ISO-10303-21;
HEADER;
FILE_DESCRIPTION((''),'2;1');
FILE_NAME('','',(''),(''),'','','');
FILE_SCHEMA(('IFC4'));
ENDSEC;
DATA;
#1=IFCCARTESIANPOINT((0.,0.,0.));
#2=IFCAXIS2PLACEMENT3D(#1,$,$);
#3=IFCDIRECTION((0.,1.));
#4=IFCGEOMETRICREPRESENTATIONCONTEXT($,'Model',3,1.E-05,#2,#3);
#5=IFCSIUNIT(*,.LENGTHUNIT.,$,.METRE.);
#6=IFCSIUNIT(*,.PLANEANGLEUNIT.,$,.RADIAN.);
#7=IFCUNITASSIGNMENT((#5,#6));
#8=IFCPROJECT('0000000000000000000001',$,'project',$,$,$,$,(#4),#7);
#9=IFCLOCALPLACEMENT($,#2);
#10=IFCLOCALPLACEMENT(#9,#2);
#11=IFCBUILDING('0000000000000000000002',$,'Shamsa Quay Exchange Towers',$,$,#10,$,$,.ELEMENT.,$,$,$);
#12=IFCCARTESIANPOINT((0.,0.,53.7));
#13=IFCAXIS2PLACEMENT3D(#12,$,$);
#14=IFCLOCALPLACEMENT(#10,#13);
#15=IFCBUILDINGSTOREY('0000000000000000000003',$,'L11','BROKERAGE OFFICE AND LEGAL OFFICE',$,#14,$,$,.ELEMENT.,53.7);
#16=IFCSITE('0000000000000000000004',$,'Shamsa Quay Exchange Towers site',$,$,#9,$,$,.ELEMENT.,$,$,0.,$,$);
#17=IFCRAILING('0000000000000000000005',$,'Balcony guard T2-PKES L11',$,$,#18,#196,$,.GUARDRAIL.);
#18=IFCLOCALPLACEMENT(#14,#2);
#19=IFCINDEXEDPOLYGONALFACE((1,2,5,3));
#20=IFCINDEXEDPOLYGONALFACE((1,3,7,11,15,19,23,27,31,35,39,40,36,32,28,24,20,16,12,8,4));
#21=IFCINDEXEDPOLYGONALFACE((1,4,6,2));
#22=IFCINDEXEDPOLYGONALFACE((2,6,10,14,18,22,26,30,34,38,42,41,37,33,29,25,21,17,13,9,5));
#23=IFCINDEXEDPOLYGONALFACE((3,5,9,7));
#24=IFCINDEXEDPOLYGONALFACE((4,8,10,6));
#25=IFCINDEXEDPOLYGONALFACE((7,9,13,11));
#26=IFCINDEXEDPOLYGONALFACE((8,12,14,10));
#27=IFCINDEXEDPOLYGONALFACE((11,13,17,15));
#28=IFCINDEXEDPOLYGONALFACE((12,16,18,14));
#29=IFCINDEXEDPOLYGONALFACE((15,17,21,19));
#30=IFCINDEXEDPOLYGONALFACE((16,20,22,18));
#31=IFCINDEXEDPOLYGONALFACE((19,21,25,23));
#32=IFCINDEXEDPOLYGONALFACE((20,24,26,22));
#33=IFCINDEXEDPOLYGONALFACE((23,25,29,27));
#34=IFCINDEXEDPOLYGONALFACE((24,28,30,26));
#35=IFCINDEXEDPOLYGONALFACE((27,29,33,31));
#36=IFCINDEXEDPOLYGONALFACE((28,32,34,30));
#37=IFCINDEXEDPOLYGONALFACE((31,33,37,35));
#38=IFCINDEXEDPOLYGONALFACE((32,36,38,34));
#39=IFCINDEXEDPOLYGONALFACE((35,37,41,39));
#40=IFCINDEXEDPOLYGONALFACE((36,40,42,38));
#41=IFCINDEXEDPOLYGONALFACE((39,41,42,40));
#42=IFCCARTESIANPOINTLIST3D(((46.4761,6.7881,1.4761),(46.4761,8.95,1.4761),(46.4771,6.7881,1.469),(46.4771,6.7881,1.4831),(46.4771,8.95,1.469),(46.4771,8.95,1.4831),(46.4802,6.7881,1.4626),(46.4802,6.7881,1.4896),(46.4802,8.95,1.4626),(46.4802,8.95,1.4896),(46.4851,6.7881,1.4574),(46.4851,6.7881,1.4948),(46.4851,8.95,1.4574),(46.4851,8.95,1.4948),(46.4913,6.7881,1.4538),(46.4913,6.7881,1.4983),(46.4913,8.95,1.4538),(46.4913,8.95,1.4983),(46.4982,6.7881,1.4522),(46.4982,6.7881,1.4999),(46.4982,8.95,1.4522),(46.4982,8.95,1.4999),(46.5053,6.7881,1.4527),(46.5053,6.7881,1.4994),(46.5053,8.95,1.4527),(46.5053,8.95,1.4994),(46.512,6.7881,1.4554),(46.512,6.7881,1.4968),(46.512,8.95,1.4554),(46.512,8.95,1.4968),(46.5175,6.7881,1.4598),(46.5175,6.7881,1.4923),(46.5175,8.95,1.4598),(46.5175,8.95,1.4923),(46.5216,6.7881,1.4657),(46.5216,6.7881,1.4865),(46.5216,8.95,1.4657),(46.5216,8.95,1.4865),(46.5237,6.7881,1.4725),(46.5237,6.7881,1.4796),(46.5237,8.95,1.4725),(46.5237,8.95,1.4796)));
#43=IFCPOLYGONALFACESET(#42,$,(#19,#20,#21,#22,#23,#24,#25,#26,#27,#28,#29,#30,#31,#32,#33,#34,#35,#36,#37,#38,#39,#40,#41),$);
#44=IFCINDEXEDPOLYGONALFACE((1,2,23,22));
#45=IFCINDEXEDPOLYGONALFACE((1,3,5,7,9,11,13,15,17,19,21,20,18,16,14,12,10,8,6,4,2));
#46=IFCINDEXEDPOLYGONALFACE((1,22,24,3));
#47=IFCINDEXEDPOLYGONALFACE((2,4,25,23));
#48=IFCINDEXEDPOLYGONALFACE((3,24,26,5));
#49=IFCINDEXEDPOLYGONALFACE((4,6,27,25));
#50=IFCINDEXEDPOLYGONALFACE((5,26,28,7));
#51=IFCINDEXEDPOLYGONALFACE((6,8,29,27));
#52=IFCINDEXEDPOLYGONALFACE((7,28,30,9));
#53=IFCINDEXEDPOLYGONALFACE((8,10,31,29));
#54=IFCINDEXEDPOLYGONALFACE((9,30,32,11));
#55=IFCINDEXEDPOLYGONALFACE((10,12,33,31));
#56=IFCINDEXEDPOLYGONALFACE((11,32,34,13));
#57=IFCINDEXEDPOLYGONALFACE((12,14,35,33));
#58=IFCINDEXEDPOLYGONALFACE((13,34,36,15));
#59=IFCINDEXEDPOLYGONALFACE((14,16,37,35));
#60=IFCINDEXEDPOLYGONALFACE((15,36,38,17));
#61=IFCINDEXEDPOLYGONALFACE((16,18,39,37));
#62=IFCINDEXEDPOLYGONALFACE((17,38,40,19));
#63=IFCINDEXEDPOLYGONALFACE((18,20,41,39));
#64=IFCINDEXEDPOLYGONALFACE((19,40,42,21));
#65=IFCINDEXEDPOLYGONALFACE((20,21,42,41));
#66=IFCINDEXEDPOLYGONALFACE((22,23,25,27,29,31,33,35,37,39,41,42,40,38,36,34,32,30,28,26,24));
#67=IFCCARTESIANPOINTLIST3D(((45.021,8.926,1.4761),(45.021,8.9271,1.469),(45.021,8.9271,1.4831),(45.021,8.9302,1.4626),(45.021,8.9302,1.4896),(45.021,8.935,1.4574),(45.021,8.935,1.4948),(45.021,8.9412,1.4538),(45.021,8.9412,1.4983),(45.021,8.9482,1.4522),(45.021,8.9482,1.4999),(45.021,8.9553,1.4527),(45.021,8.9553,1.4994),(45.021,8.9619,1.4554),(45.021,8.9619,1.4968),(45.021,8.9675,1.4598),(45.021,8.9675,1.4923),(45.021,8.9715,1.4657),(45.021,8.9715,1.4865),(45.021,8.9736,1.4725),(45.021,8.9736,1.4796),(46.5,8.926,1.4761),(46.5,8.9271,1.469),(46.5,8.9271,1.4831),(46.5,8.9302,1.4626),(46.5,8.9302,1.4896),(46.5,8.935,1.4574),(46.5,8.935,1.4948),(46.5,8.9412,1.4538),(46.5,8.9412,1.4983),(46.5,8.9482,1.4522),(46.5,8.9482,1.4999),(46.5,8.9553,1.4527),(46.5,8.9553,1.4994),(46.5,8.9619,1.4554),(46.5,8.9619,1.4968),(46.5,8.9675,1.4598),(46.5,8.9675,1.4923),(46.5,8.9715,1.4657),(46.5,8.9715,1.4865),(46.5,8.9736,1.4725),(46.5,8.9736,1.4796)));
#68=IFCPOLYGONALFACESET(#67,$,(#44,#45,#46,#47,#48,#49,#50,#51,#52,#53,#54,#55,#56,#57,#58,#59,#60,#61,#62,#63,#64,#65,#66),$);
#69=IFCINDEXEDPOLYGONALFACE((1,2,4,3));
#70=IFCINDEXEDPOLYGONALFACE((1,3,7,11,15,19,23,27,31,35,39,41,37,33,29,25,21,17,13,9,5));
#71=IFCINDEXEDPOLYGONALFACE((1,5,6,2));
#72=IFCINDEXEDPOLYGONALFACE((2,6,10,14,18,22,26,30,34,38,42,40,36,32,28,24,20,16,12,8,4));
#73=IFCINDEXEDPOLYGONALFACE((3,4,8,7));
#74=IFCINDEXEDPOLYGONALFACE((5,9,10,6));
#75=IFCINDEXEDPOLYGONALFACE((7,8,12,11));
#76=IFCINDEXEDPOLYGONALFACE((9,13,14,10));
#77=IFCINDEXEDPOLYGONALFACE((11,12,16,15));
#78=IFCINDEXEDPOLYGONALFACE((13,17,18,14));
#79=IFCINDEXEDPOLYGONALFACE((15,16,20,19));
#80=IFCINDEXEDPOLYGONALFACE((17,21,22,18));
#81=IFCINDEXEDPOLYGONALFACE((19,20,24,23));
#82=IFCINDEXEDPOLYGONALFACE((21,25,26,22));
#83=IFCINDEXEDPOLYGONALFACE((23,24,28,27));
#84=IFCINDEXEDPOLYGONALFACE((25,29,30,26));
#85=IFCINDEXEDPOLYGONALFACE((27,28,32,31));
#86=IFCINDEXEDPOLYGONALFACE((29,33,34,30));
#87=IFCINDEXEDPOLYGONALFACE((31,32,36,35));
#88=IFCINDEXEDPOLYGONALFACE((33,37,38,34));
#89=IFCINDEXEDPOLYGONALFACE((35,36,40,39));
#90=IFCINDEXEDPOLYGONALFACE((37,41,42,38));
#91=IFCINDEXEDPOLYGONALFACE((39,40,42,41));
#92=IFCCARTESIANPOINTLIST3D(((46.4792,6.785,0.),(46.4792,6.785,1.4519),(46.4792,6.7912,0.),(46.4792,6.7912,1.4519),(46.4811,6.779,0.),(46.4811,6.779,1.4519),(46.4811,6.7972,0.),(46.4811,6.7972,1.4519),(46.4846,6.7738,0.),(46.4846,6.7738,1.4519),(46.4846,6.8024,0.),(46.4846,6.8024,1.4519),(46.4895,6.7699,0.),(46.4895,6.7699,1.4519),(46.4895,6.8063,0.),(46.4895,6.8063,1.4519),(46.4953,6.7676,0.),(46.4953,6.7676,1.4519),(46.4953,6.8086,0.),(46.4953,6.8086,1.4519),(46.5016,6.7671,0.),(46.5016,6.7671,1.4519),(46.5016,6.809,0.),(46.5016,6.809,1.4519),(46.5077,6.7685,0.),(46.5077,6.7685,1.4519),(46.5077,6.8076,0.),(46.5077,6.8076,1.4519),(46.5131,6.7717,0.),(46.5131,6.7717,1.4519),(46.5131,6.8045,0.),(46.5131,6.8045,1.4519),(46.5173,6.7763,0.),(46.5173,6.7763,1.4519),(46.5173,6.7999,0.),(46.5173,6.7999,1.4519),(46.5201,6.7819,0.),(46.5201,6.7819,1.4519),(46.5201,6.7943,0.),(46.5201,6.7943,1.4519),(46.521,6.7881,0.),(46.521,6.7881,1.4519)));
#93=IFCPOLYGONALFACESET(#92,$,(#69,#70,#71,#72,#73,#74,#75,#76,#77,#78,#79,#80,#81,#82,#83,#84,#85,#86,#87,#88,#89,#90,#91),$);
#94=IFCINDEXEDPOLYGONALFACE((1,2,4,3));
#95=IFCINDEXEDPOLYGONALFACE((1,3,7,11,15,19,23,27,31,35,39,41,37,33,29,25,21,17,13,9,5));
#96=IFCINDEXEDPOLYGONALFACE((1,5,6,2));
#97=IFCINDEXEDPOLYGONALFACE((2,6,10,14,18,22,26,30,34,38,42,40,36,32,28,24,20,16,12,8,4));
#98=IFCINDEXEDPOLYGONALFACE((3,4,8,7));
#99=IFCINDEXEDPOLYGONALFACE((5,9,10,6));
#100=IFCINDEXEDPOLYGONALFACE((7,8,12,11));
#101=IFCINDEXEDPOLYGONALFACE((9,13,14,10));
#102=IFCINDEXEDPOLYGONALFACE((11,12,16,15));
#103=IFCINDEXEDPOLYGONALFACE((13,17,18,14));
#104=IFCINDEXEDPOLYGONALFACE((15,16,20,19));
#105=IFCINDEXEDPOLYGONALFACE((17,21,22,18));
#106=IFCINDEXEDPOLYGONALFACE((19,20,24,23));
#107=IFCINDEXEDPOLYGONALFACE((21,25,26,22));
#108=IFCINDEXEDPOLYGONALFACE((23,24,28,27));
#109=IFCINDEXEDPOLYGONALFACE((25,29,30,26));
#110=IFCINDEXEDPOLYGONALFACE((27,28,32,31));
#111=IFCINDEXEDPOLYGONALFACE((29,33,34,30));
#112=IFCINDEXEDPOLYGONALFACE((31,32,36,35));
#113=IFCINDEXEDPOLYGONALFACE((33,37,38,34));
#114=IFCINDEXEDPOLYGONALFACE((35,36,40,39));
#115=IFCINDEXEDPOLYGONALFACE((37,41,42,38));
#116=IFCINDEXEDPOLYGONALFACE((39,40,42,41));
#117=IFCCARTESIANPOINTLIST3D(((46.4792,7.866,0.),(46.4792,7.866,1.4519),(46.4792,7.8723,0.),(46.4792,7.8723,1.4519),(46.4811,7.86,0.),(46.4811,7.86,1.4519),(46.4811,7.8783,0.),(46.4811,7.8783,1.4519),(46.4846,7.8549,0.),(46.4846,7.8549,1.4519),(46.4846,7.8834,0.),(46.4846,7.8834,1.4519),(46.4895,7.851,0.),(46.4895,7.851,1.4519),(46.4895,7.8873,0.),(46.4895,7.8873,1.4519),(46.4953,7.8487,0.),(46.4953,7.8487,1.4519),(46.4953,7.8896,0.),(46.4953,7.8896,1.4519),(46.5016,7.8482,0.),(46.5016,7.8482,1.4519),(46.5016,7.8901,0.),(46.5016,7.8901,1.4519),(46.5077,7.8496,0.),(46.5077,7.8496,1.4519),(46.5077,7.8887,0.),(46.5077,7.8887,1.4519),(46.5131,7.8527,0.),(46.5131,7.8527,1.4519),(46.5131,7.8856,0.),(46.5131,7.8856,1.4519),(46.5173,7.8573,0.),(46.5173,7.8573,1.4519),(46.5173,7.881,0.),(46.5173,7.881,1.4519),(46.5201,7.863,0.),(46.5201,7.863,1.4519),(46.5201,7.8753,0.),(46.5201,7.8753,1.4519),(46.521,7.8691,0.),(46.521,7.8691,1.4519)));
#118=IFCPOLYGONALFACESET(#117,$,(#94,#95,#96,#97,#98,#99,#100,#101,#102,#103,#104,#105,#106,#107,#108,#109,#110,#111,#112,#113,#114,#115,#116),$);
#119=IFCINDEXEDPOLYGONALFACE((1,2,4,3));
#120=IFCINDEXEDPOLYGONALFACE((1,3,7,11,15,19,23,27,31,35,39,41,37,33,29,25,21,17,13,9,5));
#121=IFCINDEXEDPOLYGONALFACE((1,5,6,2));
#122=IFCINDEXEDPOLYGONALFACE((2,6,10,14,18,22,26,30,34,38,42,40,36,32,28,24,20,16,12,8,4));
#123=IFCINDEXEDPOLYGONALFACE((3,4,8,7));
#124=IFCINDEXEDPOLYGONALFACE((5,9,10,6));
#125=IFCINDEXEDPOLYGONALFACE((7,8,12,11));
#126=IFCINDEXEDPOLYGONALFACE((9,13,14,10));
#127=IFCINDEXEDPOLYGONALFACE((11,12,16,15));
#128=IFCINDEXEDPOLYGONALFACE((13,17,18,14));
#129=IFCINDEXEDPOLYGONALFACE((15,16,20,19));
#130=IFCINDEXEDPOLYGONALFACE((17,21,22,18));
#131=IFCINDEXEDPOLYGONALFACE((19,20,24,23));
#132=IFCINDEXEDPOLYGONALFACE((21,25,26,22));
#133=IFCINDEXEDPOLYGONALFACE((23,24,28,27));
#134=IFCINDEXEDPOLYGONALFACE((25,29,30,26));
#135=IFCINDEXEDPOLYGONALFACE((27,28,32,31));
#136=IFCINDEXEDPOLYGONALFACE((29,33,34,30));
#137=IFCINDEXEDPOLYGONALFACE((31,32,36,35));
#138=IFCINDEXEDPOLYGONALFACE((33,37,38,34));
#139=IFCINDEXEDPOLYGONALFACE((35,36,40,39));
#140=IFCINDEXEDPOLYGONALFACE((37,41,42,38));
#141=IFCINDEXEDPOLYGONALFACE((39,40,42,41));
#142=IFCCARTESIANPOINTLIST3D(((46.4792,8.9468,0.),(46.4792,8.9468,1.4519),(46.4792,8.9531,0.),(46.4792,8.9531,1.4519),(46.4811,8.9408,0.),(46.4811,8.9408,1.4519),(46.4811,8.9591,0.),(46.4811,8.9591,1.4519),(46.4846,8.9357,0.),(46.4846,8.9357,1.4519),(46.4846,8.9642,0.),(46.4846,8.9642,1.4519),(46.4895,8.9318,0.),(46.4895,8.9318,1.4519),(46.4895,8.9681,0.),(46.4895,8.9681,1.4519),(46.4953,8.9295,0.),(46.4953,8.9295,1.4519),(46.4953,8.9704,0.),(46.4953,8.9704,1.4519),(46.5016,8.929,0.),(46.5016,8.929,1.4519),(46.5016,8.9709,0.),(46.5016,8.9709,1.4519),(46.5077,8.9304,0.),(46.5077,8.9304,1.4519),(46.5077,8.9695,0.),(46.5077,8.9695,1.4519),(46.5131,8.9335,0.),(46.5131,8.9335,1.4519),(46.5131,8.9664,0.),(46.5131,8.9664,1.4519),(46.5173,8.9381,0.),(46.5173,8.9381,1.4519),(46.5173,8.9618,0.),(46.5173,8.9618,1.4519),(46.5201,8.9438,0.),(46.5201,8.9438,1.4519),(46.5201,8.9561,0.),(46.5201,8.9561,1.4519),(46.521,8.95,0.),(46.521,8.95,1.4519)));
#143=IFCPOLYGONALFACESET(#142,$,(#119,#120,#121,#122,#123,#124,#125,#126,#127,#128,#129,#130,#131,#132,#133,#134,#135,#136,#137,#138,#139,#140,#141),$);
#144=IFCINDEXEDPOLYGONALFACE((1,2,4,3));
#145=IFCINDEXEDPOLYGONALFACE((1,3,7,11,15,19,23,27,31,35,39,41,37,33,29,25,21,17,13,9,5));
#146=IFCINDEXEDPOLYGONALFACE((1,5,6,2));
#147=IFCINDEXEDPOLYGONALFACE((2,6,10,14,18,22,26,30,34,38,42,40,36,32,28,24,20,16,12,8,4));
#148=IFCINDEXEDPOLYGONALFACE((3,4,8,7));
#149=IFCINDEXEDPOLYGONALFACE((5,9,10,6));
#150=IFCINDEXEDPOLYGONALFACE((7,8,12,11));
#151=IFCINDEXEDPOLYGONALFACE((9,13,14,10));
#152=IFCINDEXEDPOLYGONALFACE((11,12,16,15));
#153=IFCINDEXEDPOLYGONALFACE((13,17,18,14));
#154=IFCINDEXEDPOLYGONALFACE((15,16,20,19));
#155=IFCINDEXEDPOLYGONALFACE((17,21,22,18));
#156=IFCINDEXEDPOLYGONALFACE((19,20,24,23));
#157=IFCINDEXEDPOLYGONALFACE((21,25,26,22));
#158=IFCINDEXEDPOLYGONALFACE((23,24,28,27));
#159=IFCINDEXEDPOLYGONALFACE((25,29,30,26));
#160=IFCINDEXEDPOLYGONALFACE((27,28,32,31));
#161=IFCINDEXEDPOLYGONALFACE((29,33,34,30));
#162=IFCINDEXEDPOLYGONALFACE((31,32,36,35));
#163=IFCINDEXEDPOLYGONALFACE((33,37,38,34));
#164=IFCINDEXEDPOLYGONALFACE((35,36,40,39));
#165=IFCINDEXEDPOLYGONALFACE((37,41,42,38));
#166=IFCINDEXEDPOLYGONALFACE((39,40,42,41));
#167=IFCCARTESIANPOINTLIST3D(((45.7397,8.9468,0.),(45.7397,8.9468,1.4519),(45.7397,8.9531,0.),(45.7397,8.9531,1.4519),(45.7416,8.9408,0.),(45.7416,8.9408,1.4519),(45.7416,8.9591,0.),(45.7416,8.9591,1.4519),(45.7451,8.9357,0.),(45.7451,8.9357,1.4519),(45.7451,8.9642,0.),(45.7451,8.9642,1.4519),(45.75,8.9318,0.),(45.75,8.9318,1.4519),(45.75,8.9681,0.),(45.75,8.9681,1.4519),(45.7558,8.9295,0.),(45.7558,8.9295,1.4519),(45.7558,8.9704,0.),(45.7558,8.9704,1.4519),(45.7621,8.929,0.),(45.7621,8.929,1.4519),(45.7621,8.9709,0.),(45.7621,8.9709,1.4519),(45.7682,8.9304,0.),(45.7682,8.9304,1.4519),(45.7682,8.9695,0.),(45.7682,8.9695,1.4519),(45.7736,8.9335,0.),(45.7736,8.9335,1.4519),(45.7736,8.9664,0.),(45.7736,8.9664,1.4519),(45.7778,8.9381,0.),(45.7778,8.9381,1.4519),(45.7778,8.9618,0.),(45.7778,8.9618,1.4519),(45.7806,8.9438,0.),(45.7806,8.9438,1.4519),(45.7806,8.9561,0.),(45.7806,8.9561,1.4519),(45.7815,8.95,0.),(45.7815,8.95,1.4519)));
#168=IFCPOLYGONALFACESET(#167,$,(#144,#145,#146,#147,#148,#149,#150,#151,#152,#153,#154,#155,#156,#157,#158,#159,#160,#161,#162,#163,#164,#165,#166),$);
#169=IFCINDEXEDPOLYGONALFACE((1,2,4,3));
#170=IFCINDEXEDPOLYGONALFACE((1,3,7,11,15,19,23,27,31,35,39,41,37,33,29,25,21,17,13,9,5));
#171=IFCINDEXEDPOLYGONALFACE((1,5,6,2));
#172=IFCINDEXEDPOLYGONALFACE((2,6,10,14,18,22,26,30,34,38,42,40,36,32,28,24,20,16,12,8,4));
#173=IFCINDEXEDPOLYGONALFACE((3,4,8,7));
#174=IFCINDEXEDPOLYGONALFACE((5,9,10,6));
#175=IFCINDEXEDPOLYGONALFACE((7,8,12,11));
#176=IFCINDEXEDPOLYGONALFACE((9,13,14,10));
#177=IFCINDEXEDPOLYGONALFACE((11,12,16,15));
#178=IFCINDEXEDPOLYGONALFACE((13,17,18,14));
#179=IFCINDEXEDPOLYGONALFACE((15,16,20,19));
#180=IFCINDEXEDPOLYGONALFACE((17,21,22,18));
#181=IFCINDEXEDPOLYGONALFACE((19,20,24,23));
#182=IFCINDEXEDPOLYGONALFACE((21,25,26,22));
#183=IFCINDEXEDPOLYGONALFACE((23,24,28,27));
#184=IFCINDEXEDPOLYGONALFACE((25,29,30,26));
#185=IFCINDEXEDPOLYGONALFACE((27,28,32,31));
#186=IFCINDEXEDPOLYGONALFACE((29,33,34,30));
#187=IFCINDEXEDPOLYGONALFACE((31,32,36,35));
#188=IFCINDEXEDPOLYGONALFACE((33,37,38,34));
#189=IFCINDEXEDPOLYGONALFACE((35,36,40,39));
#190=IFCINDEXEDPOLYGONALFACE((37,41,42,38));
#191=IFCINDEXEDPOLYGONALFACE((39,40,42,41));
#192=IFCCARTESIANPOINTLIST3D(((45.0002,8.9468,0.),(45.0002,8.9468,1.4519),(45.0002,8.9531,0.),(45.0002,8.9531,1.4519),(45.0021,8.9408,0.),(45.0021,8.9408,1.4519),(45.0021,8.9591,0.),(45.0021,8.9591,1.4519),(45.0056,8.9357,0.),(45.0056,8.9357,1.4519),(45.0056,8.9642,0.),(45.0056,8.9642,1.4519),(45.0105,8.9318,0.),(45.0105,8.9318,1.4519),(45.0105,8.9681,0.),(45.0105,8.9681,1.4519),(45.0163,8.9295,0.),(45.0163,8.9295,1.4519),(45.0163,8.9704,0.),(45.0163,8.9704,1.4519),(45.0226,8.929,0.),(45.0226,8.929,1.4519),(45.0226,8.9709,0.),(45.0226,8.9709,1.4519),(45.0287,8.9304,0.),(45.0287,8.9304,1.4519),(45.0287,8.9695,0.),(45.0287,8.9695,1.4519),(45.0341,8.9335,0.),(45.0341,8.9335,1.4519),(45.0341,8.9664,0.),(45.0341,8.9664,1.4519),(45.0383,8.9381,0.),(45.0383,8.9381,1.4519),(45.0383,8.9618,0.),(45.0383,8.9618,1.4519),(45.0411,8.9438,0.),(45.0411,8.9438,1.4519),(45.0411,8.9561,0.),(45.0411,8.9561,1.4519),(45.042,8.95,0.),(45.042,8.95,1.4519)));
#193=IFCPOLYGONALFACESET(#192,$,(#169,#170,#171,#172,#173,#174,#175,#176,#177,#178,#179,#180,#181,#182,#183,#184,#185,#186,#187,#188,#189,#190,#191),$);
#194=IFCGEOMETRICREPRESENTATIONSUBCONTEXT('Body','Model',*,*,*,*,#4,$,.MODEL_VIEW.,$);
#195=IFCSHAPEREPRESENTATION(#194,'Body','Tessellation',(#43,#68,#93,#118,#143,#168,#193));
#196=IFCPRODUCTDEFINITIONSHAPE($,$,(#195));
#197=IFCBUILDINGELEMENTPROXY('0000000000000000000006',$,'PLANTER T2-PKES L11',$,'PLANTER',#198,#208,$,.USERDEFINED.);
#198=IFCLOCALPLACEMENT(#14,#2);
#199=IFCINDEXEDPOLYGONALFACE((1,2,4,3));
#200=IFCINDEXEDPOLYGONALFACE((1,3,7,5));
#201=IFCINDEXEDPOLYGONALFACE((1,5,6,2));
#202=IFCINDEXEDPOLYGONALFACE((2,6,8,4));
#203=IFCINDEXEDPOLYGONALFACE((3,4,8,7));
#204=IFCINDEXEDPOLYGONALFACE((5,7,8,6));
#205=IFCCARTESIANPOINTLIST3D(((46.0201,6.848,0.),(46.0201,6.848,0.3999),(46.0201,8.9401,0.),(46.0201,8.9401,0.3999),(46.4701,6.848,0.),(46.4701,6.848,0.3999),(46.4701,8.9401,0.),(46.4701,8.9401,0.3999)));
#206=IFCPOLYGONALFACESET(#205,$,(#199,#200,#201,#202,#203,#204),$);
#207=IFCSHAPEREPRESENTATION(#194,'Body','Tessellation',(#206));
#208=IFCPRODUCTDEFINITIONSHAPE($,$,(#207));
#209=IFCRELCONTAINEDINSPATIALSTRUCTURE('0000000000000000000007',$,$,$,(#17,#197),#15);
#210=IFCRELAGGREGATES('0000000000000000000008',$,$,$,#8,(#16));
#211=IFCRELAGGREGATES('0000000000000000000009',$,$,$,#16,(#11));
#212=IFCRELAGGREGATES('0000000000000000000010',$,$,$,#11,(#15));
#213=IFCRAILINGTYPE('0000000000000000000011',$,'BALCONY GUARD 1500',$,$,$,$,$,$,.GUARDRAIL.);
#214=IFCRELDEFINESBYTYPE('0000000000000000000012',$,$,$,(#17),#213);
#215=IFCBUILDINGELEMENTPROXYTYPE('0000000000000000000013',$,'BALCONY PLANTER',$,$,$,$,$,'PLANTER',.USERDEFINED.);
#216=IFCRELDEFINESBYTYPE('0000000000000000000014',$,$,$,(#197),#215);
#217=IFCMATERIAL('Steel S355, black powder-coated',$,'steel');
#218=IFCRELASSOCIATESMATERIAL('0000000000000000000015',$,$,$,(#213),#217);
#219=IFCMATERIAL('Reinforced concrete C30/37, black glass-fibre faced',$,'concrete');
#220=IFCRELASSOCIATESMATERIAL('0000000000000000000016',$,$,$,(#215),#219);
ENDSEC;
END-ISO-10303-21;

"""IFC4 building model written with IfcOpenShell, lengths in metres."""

from ifc_helpers import new_model, si_unit, direction, frame, origin, origin_2d, place, context, subcontext, project, spatial, rectangle, circle, extrude, material, type_object, element, save


model = new_model("IFC4")

# Units and contexts
model_context = context("Model", 3, precision=1e-05, world=origin(), true_north=direction((0.0, 1.0)))
body_context = subcontext(model_context, "Body", "Model", "MODEL_VIEW")
ifc_project = project(units=[si_unit("LENGTHUNIT", "METRE"), si_unit("PLANEANGLEUNIT", "RADIAN")], contexts=[model_context])

# Site, building, storey
site_placement = place(None, origin())
site = spatial("IfcSite", under=ifc_project, at=site_placement, Name="Shamsa Quay Exchange Towers site", CompositionType="ELEMENT", RefElevation=0.0)
building_placement = place(site_placement, origin())
building = spatial("IfcBuilding", under=site, at=building_placement, Name="Shamsa Quay Exchange Towers", CompositionType="ELEMENT")
storey_placement = place(building_placement, frame((0.0, 0.0, 53.7)))
storey = spatial("IfcBuildingStorey", under=building, at=storey_placement, Name="L11", Description="BROKERAGE OFFICE AND LEGAL OFFICE", CompositionType="ELEMENT", Elevation=53.7)

# Railing
ifc_material_1 = material(Name="Steel S355, black powder-coated", Category="steel")
railing_type_1 = type_object("IfcRailingType", Name="BALCONY GUARD 1500", PredefinedType="GUARDRAIL", material=ifc_material_1)
railing_1_placement = place(storey_placement, frame((46.5, 6.7881, 0.0)))
element("IfcRailing", 1, at=railing_1_placement, inside=storey, type_object=railing_type_1, Name="Balcony guard T2-PKES L11", PredefinedType="GUARDRAIL", context=body_context, shape_type="SweptSolid", body=[
    extrude(circle(Radius=0.0239, at=origin_2d()), frame((0.0, 0.0, 1.4761), z_axis=(0.0, 1.0, 0.0), x_axis=(-1.0, 0.0, 0.0)), (0.0, 0.0, 1.0), 2.1619),
    extrude(circle(Radius=0.0239, at=origin_2d()), frame((0.0, 2.1619, 1.4761), z_axis=(-1.0, 0.0, 0.0), x_axis=(0.0, -1.0, 0.0)), (0.0, 0.0, 1.0), 1.479),
    extrude(circle(Radius=0.021, at=origin_2d()), origin(), (0.0, 0.0, 1.0), 1.4519),
    extrude(circle(Radius=0.021, at=origin_2d()), frame((0.0, 1.0811, 0.0)), (0.0, 0.0, 1.0), 1.4519),
    extrude(circle(Radius=0.021, at=origin_2d()), frame((0.0, 2.1619, 0.0)), (0.0, 0.0, 1.0), 1.4519),
    extrude(circle(Radius=0.021, at=origin_2d()), frame((-0.7395, 2.1619, 0.0)), (0.0, 0.0, 1.0), 1.4519),
    extrude(circle(Radius=0.021, at=origin_2d()), frame((-1.479, 2.1619, 0.0)), (0.0, 0.0, 1.0), 1.4519),
])

# Building element proxy
ifc_material_2 = material(Name="Reinforced concrete C30/37, black glass-fibre faced", Category="concrete")
building_element_proxy_type = type_object("IfcBuildingElementProxyType", Name="BALCONY PLANTER", ElementType="PLANTER", PredefinedType="USERDEFINED", material=ifc_material_2)
proxy_placement = place(storey_placement, frame((46.2451, 7.894, 0.0), z_axis=(0.0, 0.0, 1.0), x_axis=(0.0, 1.0, 0.0)))
element("IfcBuildingElementProxy", 2, at=proxy_placement, inside=storey, type_object=building_element_proxy_type, Name="PLANTER T2-PKES L11", ObjectType="PLANTER", PredefinedType="USERDEFINED", context=body_context, shape_type="SweptSolid", body=[
    extrude(rectangle(XDim=2.092, YDim=0.45, at=origin_2d()), origin(), (0.0, 0.0, 1.0), 0.3999),
])

save(model, "model.ifc")
